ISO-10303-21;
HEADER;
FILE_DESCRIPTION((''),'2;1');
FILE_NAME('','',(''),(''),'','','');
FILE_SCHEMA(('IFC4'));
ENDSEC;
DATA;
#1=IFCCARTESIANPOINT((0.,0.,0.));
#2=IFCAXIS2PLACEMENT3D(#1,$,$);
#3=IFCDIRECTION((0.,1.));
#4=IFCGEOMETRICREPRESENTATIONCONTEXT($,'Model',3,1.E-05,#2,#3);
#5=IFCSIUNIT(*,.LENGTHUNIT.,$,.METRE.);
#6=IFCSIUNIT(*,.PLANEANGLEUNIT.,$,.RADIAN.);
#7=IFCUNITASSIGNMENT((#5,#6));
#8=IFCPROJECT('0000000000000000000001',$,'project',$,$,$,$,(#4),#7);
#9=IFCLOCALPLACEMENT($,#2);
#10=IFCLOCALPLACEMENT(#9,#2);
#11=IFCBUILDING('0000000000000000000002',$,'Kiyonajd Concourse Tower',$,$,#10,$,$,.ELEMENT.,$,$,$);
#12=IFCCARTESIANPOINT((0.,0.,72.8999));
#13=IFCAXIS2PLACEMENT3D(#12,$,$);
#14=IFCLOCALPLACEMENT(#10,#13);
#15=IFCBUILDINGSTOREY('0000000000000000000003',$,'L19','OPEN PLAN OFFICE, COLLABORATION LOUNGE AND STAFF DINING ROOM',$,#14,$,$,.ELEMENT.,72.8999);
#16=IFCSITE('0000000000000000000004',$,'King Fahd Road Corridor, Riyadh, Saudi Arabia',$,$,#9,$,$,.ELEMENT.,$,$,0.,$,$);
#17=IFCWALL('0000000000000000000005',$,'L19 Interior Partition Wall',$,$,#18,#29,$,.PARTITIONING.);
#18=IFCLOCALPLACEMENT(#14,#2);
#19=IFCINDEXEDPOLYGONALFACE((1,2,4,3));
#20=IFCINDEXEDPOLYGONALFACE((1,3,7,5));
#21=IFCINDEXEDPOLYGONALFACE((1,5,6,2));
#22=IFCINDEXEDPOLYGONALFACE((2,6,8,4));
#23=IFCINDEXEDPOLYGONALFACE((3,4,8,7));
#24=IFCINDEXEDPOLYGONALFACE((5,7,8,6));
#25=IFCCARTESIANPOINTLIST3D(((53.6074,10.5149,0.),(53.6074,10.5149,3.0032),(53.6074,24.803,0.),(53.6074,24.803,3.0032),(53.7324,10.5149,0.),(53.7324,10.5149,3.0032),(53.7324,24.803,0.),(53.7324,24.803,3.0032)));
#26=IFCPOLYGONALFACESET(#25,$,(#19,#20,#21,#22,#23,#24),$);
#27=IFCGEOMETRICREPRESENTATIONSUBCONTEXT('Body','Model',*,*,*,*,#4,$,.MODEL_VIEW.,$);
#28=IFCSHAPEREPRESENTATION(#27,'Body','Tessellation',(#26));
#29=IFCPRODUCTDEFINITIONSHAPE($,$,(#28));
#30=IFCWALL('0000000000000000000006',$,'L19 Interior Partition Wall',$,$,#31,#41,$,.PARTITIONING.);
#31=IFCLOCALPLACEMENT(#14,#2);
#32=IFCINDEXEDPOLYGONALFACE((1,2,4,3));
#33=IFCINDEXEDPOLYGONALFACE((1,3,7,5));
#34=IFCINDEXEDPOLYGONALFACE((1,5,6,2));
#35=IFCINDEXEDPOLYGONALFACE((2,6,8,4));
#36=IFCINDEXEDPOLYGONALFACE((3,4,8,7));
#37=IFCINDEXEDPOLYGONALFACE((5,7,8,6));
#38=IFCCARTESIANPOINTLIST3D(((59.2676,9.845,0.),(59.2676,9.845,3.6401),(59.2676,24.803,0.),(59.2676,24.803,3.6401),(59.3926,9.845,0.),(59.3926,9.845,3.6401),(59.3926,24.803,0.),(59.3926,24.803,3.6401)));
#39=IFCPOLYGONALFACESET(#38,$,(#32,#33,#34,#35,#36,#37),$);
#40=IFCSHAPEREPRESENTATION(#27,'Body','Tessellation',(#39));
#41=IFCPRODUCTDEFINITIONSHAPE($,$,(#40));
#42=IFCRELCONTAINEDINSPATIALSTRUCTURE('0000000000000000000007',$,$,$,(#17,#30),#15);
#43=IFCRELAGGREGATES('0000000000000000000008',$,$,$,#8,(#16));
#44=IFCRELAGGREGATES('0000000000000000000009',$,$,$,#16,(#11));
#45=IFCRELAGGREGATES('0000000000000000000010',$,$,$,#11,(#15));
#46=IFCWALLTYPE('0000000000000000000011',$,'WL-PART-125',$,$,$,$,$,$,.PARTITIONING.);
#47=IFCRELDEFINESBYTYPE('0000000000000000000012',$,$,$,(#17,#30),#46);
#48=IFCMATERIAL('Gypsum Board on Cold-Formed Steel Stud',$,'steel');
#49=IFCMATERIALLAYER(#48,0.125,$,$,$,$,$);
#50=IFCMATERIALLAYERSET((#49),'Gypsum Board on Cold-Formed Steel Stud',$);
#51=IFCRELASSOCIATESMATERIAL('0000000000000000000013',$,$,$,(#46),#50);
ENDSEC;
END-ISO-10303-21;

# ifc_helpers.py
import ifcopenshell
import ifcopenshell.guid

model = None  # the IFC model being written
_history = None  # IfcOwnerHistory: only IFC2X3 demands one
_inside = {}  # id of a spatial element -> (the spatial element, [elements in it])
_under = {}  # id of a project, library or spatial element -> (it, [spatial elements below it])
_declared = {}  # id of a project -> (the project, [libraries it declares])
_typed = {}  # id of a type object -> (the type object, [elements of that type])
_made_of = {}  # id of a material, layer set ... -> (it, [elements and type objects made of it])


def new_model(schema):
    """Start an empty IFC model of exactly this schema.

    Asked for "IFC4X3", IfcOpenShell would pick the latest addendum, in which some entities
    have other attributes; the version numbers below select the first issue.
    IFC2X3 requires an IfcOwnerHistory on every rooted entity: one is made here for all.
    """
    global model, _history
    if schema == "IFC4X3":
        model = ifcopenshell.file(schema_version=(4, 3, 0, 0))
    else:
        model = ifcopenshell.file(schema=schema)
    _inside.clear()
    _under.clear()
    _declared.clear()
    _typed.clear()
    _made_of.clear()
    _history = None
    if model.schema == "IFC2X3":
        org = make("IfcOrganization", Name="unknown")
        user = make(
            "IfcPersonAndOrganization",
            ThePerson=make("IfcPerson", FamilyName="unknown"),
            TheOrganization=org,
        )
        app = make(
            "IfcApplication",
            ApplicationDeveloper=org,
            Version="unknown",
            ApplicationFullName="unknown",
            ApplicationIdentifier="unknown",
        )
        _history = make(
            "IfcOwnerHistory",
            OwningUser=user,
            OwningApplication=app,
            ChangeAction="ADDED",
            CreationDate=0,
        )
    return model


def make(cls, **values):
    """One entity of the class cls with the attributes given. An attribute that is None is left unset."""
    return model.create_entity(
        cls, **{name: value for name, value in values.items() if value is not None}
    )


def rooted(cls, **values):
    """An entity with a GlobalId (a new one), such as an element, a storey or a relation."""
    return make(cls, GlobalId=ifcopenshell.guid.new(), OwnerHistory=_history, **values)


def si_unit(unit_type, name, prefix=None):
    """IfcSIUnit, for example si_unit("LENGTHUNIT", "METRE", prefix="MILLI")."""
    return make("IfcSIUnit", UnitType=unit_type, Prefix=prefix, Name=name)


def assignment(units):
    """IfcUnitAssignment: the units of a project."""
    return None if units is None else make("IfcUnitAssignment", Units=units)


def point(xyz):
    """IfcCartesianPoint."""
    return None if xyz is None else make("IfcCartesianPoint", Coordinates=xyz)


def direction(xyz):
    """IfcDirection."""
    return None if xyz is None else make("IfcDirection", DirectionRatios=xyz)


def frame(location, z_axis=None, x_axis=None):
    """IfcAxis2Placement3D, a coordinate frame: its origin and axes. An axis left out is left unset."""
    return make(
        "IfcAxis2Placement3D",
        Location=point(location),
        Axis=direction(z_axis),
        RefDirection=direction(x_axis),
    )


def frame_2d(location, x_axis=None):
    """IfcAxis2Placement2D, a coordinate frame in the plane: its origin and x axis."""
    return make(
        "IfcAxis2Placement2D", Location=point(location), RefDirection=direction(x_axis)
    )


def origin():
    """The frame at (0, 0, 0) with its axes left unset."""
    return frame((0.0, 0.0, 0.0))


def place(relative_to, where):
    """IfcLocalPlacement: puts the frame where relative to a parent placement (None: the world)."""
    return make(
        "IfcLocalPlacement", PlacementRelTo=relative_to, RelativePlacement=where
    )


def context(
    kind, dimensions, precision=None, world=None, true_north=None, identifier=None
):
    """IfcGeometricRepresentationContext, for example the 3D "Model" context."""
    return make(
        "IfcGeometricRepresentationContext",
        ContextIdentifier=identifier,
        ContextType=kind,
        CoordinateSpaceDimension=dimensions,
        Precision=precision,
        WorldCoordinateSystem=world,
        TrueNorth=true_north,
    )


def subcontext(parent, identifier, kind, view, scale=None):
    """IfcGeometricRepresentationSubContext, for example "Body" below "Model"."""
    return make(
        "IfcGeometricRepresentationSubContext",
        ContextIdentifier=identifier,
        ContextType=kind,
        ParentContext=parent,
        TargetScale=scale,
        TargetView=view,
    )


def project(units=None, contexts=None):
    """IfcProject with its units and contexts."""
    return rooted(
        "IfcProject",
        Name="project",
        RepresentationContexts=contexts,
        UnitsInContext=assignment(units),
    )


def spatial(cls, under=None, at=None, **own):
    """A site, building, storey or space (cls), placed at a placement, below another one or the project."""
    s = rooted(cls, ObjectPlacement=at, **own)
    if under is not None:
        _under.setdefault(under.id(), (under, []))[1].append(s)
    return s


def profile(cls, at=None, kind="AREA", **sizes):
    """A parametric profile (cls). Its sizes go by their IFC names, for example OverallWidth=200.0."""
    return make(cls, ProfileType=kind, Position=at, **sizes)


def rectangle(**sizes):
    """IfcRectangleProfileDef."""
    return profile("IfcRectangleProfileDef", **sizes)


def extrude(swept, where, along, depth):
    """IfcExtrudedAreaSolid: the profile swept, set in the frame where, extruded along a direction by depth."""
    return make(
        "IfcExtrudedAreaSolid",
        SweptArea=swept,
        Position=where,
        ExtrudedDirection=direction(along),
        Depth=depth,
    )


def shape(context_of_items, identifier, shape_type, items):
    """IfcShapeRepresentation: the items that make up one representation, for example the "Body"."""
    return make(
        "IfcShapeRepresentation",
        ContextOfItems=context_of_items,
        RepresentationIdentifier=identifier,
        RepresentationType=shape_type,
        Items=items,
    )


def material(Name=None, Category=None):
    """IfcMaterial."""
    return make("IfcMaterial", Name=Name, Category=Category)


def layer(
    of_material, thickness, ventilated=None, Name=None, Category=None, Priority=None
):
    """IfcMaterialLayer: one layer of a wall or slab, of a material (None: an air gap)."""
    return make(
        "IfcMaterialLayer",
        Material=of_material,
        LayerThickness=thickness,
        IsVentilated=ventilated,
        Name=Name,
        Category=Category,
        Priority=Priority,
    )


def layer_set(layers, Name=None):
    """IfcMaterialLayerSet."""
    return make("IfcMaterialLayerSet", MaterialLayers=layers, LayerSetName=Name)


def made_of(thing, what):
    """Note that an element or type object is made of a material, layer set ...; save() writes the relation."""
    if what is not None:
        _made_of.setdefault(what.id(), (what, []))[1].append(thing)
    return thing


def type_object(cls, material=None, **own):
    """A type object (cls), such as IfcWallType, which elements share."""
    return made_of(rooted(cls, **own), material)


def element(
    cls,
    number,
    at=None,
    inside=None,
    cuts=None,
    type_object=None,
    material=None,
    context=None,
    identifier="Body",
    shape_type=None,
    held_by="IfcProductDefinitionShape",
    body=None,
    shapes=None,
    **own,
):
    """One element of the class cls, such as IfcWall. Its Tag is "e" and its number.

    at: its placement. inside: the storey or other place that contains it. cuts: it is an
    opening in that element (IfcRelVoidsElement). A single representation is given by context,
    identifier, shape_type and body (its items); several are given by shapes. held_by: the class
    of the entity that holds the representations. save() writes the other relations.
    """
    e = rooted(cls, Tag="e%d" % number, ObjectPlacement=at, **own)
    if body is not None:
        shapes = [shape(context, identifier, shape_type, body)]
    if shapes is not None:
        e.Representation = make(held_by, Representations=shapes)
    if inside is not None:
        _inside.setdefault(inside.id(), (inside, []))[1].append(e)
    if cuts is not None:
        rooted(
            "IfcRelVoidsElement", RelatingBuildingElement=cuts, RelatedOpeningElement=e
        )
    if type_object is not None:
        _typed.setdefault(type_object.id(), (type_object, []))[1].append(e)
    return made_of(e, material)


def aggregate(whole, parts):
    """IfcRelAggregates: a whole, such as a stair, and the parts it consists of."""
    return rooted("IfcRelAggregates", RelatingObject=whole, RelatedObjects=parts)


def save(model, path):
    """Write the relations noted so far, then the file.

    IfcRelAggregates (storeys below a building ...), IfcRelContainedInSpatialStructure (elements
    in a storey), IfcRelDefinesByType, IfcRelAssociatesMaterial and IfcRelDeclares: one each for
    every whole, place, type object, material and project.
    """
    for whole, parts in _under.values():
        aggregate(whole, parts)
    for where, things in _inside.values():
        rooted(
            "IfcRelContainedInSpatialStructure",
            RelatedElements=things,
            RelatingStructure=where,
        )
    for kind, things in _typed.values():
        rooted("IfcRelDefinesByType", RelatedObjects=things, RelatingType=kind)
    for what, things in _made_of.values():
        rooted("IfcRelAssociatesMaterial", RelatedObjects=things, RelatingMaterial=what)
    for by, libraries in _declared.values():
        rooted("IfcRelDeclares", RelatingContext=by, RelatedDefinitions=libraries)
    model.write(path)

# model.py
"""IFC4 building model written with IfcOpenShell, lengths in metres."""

from ifc_helpers import new_model, si_unit, direction, frame, frame_2d, origin, place, context, subcontext, project, spatial, rectangle, extrude, material, layer, layer_set, type_object, element, save


model = new_model("IFC4")

# Units and contexts
model_context = context("Model", 3, precision=1e-05, world=origin(), true_north=direction((0.0, 1.0)))
body_context = subcontext(model_context, "Body", "Model", "MODEL_VIEW")
ifc_project = project(units=[si_unit("LENGTHUNIT", "METRE"), si_unit("PLANEANGLEUNIT", "RADIAN")], contexts=[model_context])

# Site, building, storey
site_placement = place(None, origin())
site = spatial("IfcSite", under=ifc_project, at=site_placement, Name="King Fahd Road Corridor, Riyadh, Saudi Arabia", CompositionType="ELEMENT", RefElevation=0.0)
building_placement = place(site_placement, origin())
building = spatial("IfcBuilding", under=site, at=building_placement, Name="Kiyonajd Concourse Tower", CompositionType="ELEMENT")
storey_placement = place(building_placement, frame((0.0, 0.0, 72.8999)))
storey = spatial("IfcBuildingStorey", under=building, at=storey_placement, Name="L19", Description="OPEN PLAN OFFICE, COLLABORATION LOUNGE AND STAFF DINING ROOM", CompositionType="ELEMENT", Elevation=72.8999)

# Walls
ifc_material_1 = material(Name="Gypsum Board on Cold-Formed Steel Stud", Category="steel")
ifc_layer_1 = layer(ifc_material_1, 0.125)
ifc_layer_set_1 = layer_set([ifc_layer_1], Name="Gypsum Board on Cold-Formed Steel Stud")
wall_type_1 = type_object("IfcWallType", Name="WL-PART-125", PredefinedType="PARTITIONING", material=ifc_layer_set_1)
wall_1_placement = place(storey_placement, frame((53.6699, 10.5149, 0.0), z_axis=(0.0, 0.0, 1.0), x_axis=(0.0, 1.0, 0.0)))
element("IfcWall", 1, at=wall_1_placement, inside=storey, type_object=wall_type_1, Name="L19 Interior Partition Wall", PredefinedType="PARTITIONING", context=body_context, shape_type="SweptSolid", body=[
    extrude(rectangle(XDim=14.2881, YDim=0.125, at=frame_2d((7.144, 0.0))), origin(), (0.0, 0.0, 1.0), 3.0032),
])
wall_2_placement = place(storey_placement, frame((59.3301, 9.845, 0.0), z_axis=(0.0, 0.0, 1.0), x_axis=(0.0, 1.0, 0.0)))
element("IfcWall", 2, at=wall_2_placement, inside=storey, type_object=wall_type_1, Name="L19 Interior Partition Wall", PredefinedType="PARTITIONING", context=body_context, shape_type="SweptSolid", body=[
    extrude(rectangle(XDim=14.958, YDim=0.125, at=frame_2d((7.479, 0.0))), origin(), (0.0, 0.0, 1.0), 3.6401),
])

save(model, "model.ifc")
